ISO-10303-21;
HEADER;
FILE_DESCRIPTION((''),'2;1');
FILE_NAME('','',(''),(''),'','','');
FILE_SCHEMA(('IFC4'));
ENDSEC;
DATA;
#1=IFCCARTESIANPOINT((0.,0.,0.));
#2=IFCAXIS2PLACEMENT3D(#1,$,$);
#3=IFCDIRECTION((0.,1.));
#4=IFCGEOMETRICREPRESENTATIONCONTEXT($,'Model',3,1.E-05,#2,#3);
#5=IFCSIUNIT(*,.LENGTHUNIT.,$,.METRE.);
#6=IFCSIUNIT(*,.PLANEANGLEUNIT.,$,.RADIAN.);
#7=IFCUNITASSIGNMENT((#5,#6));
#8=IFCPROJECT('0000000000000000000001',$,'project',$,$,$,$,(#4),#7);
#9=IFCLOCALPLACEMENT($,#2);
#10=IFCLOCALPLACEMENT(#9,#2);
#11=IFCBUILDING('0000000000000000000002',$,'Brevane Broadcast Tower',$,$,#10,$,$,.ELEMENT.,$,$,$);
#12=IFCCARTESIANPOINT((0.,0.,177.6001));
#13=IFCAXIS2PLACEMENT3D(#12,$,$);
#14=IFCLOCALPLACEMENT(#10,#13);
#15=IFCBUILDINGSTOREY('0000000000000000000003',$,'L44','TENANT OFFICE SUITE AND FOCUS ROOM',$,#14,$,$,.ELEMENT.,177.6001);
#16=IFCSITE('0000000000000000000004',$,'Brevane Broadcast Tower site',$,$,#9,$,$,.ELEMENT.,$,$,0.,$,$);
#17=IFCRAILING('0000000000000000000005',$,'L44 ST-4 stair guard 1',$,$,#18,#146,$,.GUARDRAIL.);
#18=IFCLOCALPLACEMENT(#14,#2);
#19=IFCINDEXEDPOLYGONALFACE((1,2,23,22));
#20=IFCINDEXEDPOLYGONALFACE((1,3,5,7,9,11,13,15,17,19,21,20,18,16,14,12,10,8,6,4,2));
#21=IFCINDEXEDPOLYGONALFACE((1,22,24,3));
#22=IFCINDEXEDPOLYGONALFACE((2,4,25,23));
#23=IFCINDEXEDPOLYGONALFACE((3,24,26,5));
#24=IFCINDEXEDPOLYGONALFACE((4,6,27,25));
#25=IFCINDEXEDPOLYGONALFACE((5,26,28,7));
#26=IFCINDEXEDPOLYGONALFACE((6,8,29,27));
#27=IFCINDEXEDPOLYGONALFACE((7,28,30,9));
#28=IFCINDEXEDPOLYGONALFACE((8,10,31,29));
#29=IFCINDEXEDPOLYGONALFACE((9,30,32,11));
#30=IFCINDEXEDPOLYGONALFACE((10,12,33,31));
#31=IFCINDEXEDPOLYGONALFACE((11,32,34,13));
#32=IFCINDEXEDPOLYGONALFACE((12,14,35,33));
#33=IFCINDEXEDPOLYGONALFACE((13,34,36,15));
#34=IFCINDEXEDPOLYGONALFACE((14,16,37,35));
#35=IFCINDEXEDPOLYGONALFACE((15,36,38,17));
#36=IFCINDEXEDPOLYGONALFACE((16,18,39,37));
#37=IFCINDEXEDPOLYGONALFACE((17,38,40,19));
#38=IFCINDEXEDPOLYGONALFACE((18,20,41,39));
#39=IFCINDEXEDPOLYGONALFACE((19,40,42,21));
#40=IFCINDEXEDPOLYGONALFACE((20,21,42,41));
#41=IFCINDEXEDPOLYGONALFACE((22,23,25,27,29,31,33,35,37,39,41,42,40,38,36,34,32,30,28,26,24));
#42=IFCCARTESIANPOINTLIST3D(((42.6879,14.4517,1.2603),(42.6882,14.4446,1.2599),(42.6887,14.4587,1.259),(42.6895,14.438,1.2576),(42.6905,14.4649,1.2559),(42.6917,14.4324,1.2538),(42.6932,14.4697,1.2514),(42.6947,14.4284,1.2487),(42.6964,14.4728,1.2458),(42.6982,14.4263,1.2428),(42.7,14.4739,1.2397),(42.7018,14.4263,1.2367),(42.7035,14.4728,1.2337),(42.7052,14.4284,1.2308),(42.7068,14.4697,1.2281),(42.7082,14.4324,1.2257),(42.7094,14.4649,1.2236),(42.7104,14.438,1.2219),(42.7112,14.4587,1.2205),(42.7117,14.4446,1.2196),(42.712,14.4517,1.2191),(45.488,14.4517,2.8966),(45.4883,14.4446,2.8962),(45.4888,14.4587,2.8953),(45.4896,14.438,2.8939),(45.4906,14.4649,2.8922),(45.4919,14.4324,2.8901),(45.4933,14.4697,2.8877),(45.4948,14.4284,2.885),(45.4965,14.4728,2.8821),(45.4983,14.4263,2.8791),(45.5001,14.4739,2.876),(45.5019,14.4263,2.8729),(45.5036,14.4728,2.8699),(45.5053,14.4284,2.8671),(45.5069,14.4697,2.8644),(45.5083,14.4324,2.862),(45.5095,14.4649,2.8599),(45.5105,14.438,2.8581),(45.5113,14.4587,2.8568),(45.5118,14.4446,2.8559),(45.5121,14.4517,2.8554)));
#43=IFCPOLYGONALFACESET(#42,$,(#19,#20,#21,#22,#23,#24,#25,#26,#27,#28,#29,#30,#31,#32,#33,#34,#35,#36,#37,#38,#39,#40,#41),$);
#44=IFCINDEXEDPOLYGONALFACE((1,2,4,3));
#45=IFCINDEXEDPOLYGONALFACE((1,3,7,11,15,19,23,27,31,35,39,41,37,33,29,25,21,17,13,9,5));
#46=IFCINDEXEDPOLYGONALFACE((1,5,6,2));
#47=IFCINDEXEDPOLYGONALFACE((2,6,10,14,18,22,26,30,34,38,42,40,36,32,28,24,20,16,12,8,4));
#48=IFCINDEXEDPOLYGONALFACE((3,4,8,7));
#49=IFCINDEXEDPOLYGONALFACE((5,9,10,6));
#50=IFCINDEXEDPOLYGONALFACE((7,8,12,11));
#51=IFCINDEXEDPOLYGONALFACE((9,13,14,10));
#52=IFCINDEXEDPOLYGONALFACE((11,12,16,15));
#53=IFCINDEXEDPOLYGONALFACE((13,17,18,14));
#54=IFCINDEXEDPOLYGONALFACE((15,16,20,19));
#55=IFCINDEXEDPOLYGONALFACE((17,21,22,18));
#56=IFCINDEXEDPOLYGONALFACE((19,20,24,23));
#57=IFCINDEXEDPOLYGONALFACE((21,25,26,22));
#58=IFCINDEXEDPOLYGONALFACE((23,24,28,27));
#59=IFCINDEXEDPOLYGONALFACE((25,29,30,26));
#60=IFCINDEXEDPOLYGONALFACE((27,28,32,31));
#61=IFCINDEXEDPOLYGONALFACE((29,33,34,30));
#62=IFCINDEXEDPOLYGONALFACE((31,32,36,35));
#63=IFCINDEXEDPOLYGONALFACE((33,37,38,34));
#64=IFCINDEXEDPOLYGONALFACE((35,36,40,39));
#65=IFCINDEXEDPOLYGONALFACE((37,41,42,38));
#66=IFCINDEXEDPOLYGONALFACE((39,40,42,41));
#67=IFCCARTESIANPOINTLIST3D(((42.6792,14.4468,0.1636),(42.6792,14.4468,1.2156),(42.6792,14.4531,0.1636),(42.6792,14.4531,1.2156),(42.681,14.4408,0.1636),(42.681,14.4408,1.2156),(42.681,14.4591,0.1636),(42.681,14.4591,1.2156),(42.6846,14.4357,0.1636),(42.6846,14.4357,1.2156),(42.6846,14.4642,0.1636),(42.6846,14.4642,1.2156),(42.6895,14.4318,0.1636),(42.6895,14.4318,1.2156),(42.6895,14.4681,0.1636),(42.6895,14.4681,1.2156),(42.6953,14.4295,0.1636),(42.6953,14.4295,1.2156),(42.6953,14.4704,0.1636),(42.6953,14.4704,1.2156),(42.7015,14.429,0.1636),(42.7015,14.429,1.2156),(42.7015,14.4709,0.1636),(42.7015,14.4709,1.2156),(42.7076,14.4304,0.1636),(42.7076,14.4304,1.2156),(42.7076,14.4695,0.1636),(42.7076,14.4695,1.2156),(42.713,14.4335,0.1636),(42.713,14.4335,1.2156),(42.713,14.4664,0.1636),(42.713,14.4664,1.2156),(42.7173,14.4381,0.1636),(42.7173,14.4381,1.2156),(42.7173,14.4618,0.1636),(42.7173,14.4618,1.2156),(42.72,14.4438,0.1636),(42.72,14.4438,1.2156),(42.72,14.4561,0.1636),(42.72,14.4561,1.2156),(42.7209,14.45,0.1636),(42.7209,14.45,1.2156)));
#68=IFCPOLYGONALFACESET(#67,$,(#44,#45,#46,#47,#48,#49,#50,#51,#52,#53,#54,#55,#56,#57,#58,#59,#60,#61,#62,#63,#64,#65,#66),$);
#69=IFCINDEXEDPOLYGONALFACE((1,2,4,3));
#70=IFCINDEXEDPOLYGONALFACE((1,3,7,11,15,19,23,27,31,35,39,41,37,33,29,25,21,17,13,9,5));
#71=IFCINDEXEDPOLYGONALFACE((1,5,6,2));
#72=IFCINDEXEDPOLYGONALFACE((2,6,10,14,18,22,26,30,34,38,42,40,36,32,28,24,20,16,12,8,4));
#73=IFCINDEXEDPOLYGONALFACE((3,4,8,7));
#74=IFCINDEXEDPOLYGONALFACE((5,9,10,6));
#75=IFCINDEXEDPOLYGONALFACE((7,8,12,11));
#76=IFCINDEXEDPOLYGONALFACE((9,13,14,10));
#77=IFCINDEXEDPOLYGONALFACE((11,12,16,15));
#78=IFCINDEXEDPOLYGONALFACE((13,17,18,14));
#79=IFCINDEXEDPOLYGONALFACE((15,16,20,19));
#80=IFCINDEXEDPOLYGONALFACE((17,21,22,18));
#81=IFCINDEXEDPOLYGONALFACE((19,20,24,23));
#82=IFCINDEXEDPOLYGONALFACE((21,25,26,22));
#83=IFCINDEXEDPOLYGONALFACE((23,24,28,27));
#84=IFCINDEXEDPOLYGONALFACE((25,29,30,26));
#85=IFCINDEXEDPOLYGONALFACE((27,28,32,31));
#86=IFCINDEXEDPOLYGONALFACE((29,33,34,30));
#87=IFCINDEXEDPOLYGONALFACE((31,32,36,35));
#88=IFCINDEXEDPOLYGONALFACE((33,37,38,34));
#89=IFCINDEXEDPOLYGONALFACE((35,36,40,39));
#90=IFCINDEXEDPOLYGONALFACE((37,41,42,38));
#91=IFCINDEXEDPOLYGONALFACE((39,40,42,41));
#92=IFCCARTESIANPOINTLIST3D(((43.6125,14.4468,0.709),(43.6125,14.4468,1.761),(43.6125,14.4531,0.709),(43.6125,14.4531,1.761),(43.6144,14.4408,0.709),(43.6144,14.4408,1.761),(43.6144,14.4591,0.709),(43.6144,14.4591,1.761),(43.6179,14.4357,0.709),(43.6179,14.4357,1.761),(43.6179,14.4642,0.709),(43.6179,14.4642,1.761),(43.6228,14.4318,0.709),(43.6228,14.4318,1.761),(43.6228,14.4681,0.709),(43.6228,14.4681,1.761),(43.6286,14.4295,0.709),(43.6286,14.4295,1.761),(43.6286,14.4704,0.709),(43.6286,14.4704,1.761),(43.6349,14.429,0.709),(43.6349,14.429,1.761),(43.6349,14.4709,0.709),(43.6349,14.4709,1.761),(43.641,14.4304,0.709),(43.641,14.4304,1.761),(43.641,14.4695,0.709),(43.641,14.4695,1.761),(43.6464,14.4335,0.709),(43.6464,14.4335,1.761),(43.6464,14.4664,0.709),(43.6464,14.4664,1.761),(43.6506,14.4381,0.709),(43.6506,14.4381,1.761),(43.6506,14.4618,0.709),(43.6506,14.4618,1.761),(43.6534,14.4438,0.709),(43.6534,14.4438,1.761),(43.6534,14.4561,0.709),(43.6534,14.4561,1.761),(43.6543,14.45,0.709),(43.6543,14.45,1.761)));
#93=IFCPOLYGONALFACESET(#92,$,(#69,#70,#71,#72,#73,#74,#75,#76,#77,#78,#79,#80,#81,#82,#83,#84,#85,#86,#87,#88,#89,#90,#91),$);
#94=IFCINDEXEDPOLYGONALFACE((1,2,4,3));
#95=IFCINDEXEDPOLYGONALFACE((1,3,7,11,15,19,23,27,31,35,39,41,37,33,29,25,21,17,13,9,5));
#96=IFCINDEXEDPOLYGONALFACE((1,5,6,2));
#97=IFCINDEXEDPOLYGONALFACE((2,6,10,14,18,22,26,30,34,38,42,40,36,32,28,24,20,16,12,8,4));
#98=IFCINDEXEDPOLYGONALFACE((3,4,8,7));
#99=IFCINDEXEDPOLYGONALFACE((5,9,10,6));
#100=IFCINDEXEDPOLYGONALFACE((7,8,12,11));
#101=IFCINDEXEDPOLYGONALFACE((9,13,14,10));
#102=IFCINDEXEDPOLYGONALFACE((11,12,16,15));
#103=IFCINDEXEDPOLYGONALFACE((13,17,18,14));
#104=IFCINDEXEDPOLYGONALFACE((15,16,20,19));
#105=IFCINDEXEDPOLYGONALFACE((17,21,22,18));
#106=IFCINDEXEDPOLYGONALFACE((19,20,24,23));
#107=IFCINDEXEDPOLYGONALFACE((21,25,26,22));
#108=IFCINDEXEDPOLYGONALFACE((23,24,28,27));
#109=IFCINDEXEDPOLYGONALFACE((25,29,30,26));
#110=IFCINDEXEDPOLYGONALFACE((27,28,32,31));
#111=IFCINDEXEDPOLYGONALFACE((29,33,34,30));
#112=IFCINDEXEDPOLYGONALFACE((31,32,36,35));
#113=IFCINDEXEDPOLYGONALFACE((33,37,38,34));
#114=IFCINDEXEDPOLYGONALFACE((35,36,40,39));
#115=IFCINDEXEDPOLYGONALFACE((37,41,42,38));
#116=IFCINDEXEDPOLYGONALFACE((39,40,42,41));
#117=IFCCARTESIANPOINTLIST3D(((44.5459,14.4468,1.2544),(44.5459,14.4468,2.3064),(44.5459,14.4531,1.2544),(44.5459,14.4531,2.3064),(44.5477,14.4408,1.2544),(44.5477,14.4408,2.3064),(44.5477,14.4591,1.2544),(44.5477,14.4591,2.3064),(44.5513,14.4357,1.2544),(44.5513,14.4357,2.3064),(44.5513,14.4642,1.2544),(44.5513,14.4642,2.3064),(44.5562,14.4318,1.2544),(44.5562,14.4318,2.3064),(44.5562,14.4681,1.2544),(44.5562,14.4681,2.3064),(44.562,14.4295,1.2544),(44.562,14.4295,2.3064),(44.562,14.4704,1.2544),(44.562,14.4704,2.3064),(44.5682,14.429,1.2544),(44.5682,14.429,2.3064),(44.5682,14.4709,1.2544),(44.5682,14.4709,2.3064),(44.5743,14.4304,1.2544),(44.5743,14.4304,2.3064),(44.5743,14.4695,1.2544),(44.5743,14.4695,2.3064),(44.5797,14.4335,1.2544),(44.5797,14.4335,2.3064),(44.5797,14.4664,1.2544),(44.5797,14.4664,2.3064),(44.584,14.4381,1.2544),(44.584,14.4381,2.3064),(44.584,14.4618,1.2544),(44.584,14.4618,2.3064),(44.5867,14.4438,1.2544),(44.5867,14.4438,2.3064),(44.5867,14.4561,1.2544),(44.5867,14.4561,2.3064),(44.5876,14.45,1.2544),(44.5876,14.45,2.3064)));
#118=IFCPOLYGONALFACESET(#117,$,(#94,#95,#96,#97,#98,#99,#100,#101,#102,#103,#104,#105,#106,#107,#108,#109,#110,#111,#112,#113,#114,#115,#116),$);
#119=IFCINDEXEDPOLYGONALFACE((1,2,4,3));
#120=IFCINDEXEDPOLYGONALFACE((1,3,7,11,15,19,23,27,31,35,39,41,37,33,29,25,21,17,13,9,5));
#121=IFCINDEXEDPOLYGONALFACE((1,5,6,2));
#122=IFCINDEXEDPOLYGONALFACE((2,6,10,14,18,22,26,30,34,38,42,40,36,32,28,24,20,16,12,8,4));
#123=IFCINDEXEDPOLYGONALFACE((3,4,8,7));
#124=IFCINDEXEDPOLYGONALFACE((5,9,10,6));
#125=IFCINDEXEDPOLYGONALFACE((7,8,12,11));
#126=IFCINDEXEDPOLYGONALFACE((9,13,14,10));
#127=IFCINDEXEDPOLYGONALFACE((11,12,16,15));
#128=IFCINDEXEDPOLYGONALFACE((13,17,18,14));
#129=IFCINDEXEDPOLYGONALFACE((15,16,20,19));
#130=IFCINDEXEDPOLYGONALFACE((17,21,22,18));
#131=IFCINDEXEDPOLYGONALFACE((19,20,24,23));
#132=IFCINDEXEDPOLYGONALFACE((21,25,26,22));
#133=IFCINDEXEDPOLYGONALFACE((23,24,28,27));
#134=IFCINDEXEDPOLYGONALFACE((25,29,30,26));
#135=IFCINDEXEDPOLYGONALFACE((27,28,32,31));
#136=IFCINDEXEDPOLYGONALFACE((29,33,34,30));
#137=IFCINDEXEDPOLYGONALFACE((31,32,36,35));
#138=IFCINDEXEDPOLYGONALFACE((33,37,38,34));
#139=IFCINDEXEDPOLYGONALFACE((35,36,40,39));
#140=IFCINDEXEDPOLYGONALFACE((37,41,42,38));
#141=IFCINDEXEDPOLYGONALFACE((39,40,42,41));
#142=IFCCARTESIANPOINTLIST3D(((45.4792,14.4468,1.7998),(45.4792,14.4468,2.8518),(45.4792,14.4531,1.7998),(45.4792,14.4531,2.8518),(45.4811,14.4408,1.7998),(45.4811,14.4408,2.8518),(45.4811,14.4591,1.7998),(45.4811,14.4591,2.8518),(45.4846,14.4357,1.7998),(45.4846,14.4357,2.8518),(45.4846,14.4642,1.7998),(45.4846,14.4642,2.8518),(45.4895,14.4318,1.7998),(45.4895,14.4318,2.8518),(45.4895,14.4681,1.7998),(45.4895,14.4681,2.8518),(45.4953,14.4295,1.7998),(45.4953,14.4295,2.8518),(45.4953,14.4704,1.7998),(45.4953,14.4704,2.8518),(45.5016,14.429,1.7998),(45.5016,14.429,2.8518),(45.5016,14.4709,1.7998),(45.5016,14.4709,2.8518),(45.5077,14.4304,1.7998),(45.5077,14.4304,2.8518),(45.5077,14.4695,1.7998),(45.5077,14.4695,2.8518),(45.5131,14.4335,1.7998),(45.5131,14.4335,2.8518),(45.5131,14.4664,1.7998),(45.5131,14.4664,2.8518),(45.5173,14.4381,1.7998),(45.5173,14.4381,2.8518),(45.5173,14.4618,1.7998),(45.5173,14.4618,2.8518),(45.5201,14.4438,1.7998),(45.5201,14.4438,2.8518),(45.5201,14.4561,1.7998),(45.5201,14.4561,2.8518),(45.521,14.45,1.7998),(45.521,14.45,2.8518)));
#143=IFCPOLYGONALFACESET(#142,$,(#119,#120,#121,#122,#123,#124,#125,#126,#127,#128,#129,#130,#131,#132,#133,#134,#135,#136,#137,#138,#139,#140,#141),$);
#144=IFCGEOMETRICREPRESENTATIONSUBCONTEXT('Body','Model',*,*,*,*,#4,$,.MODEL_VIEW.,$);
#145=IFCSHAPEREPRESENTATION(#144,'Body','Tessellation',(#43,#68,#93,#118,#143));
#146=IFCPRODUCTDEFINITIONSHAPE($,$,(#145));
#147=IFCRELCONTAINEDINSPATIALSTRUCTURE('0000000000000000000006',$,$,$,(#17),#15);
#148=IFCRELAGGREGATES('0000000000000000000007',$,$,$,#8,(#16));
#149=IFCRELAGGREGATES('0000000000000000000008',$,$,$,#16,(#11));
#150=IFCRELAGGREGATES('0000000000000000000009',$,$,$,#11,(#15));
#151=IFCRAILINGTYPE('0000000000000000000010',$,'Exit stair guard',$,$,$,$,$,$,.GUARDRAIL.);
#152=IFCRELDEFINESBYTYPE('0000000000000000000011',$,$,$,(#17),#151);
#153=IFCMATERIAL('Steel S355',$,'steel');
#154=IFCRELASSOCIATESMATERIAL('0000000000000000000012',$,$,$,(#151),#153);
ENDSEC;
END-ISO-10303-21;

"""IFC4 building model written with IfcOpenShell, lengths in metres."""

from ifc_helpers import new_model, si_unit, direction, frame, origin, origin_2d, place, context, subcontext, project, spatial, circle, extrude, material, type_object, element, save


model = new_model("IFC4")

# Units and contexts
model_context = context("Model", 3, precision=1e-05, world=origin(), true_north=direction((0.0, 1.0)))
body_context = subcontext(model_context, "Body", "Model", "MODEL_VIEW")
ifc_project = project(units=[si_unit("LENGTHUNIT", "METRE"), si_unit("PLANEANGLEUNIT", "RADIAN")], contexts=[model_context])

# Site, building, storey
site_placement = place(None, origin())
site = spatial("IfcSite", under=ifc_project, at=site_placement, Name="Brevane Broadcast Tower site", CompositionType="ELEMENT", RefElevation=0.0)
building_placement = place(site_placement, origin())
building = spatial("IfcBuilding", under=site, at=building_placement, Name="Brevane Broadcast Tower", CompositionType="ELEMENT")
storey_placement = place(building_placement, frame((0.0, 0.0, 177.6001)))
storey = spatial("IfcBuildingStorey", under=building, at=storey_placement, Name="L44", Description="TENANT OFFICE SUITE AND FOCUS ROOM", CompositionType="ELEMENT", Elevation=177.6001)

# Railing
ifc_material_1 = material(Name="Steel S355", Category="steel")
railing_type_1 = type_object("IfcRailingType", Name="Exit stair guard", PredefinedType="GUARDRAIL", material=ifc_material_1)
railing_1_placement = place(storey_placement, frame((42.7, 14.45, 0.1636)))
element("IfcRailing", 1, at=railing_1_placement, inside=storey, type_object=railing_type_1, Name="L44 ST-4 stair guard 1", PredefinedType="GUARDRAIL", context=body_context, shape_type="SweptSolid", body=[
    extrude(circle(Radius=0.0239, at=origin_2d()), frame((0.0, 0.0, 1.0762), z_axis=(0.863394, 0.0, 0.504531), x_axis=(0.0, 1.0, 0.0)), (0.0, 0.0, 1.0), 3.2432),
    extrude(circle(Radius=0.021, at=origin_2d()), origin(), (0.0, 0.0, 1.0), 1.052),
    extrude(circle(Radius=0.021, at=origin_2d()), frame((0.9333, 0.0, 0.5454)), (0.0, 0.0, 1.0), 1.052),
    extrude(circle(Radius=0.021, at=origin_2d()), frame((1.8667, 0.0, 1.0908)), (0.0, 0.0, 1.0), 1.052),
    extrude(circle(Radius=0.021, at=origin_2d()), frame((2.8, 0.0, 1.6362)), (0.0, 0.0, 1.0), 1.052),
])

save(model, "model.ifc")
